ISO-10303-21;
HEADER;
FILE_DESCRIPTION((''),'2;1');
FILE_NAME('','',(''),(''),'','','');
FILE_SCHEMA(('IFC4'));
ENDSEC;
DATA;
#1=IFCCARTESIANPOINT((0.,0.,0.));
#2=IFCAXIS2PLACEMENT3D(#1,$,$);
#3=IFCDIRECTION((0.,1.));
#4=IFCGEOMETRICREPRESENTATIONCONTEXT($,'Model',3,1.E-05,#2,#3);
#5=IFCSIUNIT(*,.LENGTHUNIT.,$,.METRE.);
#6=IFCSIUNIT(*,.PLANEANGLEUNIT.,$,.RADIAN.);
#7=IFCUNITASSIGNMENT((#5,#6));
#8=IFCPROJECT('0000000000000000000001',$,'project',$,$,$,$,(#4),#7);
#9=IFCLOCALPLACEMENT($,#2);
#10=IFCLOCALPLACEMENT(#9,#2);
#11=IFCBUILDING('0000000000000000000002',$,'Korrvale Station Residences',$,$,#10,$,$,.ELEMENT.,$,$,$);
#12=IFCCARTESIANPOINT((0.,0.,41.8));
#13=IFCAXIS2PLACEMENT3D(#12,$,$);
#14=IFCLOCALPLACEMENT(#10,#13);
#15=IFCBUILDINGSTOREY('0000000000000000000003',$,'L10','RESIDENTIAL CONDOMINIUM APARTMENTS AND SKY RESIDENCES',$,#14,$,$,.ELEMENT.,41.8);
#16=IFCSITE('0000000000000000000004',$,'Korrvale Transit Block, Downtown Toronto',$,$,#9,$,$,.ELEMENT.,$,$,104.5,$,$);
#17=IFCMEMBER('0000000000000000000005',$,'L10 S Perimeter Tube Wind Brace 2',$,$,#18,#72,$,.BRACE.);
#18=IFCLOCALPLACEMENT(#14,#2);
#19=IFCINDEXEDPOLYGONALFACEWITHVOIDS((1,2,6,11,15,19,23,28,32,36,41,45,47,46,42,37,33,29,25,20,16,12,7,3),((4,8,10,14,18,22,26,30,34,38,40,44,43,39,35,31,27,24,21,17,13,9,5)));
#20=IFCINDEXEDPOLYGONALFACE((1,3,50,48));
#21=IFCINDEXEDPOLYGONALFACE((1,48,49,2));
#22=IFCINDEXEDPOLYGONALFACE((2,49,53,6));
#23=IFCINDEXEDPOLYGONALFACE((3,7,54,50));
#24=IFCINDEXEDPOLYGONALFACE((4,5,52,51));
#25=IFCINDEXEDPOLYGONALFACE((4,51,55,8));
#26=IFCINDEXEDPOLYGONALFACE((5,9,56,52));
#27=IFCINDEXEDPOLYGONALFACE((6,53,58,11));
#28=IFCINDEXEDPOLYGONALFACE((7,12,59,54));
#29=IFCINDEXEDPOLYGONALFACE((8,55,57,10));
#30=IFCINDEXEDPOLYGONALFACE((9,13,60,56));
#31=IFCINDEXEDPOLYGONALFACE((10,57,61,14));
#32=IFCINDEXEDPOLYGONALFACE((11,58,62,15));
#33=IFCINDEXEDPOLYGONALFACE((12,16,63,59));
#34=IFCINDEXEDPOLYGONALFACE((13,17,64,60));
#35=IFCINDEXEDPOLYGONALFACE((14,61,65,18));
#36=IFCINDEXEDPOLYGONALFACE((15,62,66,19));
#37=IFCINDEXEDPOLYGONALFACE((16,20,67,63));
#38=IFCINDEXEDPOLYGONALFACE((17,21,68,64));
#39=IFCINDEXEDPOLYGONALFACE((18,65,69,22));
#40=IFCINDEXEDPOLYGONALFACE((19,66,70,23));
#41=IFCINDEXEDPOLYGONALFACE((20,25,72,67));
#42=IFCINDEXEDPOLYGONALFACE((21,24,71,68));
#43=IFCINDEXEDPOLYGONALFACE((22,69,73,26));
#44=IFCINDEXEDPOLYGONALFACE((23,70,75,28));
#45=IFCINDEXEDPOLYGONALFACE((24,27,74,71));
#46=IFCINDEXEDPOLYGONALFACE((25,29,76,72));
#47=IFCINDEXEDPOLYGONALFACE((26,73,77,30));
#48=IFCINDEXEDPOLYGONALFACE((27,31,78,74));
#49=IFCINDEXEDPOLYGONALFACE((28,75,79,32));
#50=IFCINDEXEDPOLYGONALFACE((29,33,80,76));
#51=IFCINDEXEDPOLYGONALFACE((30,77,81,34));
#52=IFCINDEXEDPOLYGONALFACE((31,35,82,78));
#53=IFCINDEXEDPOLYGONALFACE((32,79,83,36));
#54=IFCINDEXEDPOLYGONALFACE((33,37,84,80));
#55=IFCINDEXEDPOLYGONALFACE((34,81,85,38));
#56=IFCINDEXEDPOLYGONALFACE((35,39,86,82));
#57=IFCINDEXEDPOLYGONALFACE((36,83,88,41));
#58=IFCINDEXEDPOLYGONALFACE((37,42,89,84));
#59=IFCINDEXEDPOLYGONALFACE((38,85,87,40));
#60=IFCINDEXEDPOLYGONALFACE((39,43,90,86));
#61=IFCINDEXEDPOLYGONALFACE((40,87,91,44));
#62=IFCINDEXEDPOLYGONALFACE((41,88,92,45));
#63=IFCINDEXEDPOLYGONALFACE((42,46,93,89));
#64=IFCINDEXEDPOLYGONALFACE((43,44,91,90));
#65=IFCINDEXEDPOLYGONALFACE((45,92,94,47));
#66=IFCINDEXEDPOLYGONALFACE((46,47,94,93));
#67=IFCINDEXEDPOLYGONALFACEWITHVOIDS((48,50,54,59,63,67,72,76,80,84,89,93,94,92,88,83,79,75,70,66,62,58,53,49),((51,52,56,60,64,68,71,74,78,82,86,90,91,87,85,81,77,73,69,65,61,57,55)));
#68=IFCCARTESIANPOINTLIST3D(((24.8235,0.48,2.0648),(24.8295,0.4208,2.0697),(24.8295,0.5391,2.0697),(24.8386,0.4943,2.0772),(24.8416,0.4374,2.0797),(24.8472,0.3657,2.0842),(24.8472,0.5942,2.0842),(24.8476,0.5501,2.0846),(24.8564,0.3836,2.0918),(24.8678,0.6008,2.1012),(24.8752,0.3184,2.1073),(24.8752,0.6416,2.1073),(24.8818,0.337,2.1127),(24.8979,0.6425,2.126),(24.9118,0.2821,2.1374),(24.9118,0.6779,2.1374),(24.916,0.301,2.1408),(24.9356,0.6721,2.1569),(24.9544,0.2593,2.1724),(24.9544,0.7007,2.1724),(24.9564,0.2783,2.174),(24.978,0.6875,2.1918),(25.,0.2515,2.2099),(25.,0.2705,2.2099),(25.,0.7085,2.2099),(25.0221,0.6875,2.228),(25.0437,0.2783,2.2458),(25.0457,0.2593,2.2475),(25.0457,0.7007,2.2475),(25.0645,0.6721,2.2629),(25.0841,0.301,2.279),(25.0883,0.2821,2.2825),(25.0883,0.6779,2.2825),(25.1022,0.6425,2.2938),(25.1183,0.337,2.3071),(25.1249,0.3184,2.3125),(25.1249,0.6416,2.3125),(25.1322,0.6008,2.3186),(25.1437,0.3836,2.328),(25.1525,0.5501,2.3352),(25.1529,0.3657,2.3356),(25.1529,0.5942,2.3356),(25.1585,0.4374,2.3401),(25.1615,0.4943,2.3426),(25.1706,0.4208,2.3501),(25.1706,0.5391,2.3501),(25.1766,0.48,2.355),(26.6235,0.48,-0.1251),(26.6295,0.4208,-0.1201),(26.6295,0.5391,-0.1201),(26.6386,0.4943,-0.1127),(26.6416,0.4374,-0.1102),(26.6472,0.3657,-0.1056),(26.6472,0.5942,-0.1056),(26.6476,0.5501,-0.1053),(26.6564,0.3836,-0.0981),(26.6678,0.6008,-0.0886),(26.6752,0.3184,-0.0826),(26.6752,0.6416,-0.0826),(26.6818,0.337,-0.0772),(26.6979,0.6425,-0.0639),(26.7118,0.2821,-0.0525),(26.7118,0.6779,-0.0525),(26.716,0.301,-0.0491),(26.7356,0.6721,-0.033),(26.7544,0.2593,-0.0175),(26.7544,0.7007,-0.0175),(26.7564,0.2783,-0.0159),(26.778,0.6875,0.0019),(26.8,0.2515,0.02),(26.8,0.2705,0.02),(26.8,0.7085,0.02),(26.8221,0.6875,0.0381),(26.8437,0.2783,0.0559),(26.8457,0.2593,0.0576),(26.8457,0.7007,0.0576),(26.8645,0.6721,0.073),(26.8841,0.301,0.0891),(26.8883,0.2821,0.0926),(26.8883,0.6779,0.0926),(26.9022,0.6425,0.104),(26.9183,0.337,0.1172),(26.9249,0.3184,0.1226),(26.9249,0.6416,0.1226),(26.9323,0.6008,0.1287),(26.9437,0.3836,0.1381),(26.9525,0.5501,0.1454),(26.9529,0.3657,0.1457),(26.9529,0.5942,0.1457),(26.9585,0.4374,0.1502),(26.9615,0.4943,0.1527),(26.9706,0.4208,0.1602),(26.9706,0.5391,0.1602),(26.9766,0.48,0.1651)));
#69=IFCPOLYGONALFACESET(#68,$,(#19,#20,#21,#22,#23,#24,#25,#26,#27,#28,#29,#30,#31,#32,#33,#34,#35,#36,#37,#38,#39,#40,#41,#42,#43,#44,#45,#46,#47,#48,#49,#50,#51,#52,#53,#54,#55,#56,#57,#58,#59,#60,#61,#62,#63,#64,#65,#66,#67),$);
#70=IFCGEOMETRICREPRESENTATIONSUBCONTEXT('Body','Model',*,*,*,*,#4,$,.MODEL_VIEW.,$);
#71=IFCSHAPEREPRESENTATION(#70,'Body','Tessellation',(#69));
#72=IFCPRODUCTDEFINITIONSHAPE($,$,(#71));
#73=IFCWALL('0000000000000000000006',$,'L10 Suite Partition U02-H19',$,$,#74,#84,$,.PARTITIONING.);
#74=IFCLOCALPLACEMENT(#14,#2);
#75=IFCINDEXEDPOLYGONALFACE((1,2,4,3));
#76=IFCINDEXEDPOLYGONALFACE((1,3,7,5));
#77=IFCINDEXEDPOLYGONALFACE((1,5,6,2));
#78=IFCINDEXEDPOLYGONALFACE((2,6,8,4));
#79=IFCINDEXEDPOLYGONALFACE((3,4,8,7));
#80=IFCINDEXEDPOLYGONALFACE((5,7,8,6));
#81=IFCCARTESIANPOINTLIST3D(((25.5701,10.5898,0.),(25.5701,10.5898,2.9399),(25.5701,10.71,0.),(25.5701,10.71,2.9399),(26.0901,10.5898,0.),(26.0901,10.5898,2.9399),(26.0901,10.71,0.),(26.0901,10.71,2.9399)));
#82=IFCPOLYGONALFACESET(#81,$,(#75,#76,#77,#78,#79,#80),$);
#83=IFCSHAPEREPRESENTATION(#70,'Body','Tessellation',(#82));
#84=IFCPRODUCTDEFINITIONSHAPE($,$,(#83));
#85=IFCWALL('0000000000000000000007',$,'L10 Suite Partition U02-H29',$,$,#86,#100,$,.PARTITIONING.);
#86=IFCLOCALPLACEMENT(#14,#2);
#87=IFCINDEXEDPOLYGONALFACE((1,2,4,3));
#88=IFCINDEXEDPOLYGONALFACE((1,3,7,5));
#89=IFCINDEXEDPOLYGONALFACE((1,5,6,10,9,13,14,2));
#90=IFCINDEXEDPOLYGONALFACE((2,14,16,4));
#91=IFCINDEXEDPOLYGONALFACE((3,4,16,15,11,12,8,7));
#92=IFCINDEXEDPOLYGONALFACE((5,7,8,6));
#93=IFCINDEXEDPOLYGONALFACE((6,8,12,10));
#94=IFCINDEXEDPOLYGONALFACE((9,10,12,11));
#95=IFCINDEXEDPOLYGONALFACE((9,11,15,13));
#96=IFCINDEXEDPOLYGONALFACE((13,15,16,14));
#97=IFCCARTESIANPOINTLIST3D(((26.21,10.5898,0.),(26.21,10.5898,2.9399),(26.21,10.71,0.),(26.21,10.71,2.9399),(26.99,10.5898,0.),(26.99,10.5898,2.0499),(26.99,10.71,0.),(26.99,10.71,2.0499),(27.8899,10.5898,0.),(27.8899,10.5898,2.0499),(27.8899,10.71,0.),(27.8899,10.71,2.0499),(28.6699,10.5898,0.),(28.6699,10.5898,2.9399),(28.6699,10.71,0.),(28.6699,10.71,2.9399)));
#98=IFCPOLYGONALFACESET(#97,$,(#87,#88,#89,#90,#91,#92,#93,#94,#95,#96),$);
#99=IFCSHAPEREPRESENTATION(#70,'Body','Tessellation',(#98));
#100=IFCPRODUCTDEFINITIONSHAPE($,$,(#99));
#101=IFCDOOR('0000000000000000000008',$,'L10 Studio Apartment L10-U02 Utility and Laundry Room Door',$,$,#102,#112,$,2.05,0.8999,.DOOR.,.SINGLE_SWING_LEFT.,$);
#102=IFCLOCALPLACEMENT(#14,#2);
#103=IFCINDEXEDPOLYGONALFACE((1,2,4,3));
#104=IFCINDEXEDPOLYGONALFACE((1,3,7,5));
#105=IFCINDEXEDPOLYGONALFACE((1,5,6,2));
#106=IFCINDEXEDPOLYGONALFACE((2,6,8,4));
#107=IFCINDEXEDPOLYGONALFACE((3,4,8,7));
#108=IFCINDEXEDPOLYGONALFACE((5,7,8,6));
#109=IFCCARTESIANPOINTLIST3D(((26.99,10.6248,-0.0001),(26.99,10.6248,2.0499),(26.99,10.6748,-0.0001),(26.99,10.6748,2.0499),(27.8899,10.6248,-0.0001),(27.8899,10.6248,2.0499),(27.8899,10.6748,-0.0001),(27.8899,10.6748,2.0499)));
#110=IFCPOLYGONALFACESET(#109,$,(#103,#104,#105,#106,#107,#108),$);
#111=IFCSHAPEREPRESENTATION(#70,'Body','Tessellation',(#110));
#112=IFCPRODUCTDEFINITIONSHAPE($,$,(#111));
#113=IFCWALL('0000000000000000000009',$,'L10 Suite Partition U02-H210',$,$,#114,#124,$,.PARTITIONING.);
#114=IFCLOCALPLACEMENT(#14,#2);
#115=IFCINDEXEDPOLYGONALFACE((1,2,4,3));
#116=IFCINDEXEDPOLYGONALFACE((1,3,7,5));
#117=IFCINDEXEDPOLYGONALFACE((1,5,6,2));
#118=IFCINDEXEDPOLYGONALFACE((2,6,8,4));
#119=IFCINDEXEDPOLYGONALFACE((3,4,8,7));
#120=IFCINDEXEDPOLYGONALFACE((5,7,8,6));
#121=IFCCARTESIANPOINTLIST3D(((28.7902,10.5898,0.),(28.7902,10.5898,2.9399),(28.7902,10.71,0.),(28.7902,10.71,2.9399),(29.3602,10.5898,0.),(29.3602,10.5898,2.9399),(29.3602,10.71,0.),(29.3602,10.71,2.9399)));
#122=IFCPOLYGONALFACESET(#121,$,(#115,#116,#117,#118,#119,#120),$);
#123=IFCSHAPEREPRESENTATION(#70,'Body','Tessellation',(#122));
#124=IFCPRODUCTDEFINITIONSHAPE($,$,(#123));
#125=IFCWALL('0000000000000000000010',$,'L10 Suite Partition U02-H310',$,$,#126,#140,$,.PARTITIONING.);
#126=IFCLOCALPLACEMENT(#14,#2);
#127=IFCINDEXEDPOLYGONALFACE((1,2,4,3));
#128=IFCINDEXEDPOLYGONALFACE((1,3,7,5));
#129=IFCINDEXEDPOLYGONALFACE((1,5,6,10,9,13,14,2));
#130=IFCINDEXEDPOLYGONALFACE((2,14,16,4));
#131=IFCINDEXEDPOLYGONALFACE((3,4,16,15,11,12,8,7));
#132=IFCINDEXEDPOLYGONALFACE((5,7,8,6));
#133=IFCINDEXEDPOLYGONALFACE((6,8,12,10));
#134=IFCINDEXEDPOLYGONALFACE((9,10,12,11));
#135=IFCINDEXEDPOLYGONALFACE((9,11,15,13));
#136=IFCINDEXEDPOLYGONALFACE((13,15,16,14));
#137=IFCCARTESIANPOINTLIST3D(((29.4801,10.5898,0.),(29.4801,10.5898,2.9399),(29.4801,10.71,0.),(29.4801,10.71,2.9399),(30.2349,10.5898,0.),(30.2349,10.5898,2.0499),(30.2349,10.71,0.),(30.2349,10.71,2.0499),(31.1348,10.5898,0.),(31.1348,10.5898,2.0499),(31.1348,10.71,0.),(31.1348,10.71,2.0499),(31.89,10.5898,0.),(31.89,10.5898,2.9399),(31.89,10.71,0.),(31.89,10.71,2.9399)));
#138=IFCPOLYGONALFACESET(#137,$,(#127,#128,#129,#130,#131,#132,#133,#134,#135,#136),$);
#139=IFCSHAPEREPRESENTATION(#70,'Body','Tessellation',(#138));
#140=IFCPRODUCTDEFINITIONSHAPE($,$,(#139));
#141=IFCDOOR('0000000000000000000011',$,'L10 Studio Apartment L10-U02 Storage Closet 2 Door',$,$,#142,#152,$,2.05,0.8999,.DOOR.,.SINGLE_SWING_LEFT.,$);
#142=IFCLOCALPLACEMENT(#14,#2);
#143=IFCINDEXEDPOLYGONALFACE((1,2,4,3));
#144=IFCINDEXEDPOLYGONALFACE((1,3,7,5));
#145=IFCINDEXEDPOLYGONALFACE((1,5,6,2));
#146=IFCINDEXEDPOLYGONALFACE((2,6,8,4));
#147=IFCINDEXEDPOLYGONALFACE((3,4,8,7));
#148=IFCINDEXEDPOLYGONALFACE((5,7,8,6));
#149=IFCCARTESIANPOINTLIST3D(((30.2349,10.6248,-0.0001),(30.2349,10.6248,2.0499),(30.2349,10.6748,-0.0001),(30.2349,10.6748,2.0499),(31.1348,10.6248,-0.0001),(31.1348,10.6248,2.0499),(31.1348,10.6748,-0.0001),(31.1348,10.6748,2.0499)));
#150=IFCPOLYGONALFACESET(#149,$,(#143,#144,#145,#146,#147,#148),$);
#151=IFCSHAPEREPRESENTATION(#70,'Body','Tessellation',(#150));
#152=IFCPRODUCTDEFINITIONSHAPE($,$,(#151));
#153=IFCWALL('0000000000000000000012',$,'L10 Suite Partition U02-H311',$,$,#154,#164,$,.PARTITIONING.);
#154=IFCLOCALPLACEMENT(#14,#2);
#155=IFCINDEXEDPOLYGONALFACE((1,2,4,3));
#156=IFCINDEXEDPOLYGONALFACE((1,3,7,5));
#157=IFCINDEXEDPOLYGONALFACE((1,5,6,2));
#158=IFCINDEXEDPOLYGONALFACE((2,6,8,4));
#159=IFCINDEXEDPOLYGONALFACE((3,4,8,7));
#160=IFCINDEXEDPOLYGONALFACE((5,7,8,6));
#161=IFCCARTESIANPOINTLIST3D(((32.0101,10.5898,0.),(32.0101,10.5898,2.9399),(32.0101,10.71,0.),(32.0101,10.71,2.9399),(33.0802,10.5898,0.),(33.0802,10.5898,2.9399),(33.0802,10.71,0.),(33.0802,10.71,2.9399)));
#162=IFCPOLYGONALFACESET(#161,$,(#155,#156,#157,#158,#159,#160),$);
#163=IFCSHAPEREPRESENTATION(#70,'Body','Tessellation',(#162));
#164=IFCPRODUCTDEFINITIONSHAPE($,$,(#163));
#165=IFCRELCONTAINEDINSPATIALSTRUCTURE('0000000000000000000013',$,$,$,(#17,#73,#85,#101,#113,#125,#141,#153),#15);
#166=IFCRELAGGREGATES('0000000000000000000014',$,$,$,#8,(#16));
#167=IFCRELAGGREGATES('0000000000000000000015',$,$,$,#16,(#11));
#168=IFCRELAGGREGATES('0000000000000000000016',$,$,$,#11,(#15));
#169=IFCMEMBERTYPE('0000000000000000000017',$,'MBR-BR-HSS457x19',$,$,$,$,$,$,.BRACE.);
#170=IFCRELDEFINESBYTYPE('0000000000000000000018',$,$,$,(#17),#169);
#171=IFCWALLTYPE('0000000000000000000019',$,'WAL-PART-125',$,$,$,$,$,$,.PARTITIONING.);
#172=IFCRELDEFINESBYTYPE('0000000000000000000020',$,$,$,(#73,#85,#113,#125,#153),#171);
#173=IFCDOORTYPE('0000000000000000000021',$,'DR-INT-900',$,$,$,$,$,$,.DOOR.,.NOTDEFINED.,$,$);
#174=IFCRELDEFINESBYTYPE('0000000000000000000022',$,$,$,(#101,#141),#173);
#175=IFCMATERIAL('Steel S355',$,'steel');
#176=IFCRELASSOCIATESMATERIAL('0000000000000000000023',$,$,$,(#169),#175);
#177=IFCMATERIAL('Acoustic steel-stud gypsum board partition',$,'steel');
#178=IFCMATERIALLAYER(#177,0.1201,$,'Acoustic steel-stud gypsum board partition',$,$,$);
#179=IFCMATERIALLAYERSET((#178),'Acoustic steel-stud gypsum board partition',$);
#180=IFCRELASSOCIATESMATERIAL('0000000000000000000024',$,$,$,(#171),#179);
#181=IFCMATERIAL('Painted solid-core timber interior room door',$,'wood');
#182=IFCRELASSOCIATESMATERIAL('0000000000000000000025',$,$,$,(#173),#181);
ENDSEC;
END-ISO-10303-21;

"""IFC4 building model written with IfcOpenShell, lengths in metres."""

from ifc_helpers import new_model, si_unit, direction, frame, frame_2d, origin, origin_2d, place, context, subcontext, project, spatial, rectangle, hollow_circle, extrude, material, layer, layer_set, material_profile, profile_set, type_object, element, fill, save


model = new_model("IFC4")

# Units and contexts
model_context = context("Model", 3, precision=1e-05, world=origin(), true_north=direction((0.0, 1.0)))
body_context = subcontext(model_context, "Body", "Model", "MODEL_VIEW")
ifc_project = project(units=[si_unit("LENGTHUNIT", "METRE"), si_unit("PLANEANGLEUNIT", "RADIAN")], contexts=[model_context])

# Site, building, storey
site_placement = place(None, origin())
site = spatial("IfcSite", under=ifc_project, at=site_placement, Name="Korrvale Transit Block, Downtown Toronto", CompositionType="ELEMENT", RefElevation=104.5)
building_placement = place(site_placement, origin())
building = spatial("IfcBuilding", under=site, at=building_placement, Name="Korrvale Station Residences", CompositionType="ELEMENT")
storey_placement = place(building_placement, frame((0.0, 0.0, 41.8)))
storey = spatial("IfcBuildingStorey", under=building, at=storey_placement, Name="L10", Description="RESIDENTIAL CONDOMINIUM APARTMENTS AND SKY RESIDENCES", CompositionType="ELEMENT", Elevation=41.8)

# Shared definitions
ifc_material_1 = material(Name="Steel S355", Category="steel")

# Member
ifc_material_profile_1 = material_profile(ifc_material_1, hollow_circle(Radius=0.2285, WallThickness=0.019, at=origin_2d()), Name="HSS457x19")
ifc_profile_set_1 = profile_set([ifc_material_profile_1], Name="Steel S355")
member_type = type_object("IfcMemberType", Name="MBR-BR-HSS457x19", PredefinedType="BRACE", material=ifc_profile_set_1)
for number, where, z_axis, x_axis, name in (
    (1, (26.8, 0.48, 0.02), (-0.634985, 0.0, 0.772524), (0.0, -1.0, 0.0), "L10 S Perimeter Tube Wind Brace 2"),
):
    element("IfcMember", number, at=place(storey_placement, frame(where, z_axis=z_axis, x_axis=x_axis)), inside=storey, type_object=member_type, Name=name, PredefinedType="BRACE", context=body_context, shape_type="SweptSolid", body=[
        extrude(hollow_circle(Radius=0.2285, WallThickness=0.019, at=origin_2d()), origin(), (0.0, 0.0, 1.0), 2.8347),
    ])

# Wall
ifc_material_2 = material(Name="Acoustic steel-stud gypsum board partition", Category="steel")
ifc_layer_1 = layer(ifc_material_2, 0.1201, Name="Acoustic steel-stud gypsum board partition")
ifc_layer_set_1 = layer_set([ifc_layer_1], Name="Acoustic steel-stud gypsum board partition")
wall_type = type_object("IfcWallType", Name="WAL-PART-125", PredefinedType="PARTITIONING", material=ifc_layer_set_1)
wall_1_placement = place(storey_placement, frame((25.5701, 10.6499, 0.0), z_axis=(0.0, 0.0, 1.0), x_axis=(1.0, 0.0, 0.0)))
element("IfcWall", 2, at=wall_1_placement, inside=storey, type_object=wall_type, Name="L10 Suite Partition U02-H19", PredefinedType="PARTITIONING", context=body_context, shape_type="SweptSolid", body=[
    extrude(rectangle(XDim=0.52, YDim=0.1201, at=frame_2d((0.26, 0.0))), origin(), (0.0, 0.0, 1.0), 2.9399),
])

# Wall, opening, door
wall_2_placement = place(storey_placement, frame((26.21, 10.6499, 0.0), z_axis=(0.0, 0.0, 1.0), x_axis=(1.0, 0.0, 0.0)))
wall_2 = element("IfcWall", 3, at=wall_2_placement, inside=storey, type_object=wall_type, Name="L10 Suite Partition U02-H29", PredefinedType="PARTITIONING", context=body_context, shape_type="SweptSolid", body=[
    extrude(rectangle(XDim=2.46, YDim=0.1201, at=frame_2d((1.23, 0.0))), origin(), (0.0, 0.0, 1.0), 2.9399),
])
opening_1_placement = place(wall_2_placement, frame((0.78, 0.0, 0.0)))
opening_1 = element("IfcOpeningElement", 4, at=opening_1_placement, cuts=wall_2, PredefinedType="OPENING", context=body_context, shape_type="SweptSolid", body=[
    extrude(rectangle(XDim=0.8999, YDim=2.05, at=frame_2d((0.45, 1.0249))), frame((0.0, 0.0701, 0.0), z_axis=(0.0, -1.0, 0.0), x_axis=(1.0, 0.0, 0.0)), (0.0, 0.0, 1.0), 0.1401),
])
ifc_material_3 = material(Name="Painted solid-core timber interior room door", Category="wood")
door_type = type_object("IfcDoorType", Name="DR-INT-900", OperationType="NOTDEFINED", PredefinedType="DOOR", material=ifc_material_3)
door_1_placement = place(opening_1_placement, origin())
door_1 = element("IfcDoor", 5, at=door_1_placement, inside=storey, type_object=door_type, Name="L10 Studio Apartment L10-U02 Utility and Laundry Room Door", OperationType="SINGLE_SWING_LEFT", OverallHeight=2.05, OverallWidth=0.8999, PredefinedType="DOOR", context=body_context, shape_type="SweptSolid", body=[
    extrude(rectangle(XDim=0.8999, YDim=2.05, at=frame_2d((0.45, 1.0249))), frame((0.0, 0.0249, 0.0), z_axis=(0.0, -1.0, 0.0), x_axis=(1.0, 0.0, 0.0)), (0.0, 0.0, 1.0), 0.05),
])
fill(opening_1, door_1)

# Wall
wall_3_placement = place(storey_placement, frame((28.79, 10.6499, 0.0), z_axis=(0.0, 0.0, 1.0), x_axis=(1.0, 0.0, 0.0)))
element("IfcWall", 6, at=wall_3_placement, inside=storey, type_object=wall_type, Name="L10 Suite Partition U02-H210", PredefinedType="PARTITIONING", context=body_context, shape_type="SweptSolid", body=[
    extrude(rectangle(XDim=0.5701, YDim=0.1201, at=frame_2d((0.2852, 0.0))), origin(), (0.0, 0.0, 1.0), 2.9399),
])

# Wall, opening, door
wall_4_placement = place(storey_placement, frame((29.48, 10.6499, 0.0), z_axis=(0.0, 0.0, 1.0), x_axis=(1.0, 0.0, 0.0)))
wall_4 = element("IfcWall", 7, at=wall_4_placement, inside=storey, type_object=wall_type, Name="L10 Suite Partition U02-H310", PredefinedType="PARTITIONING", context=body_context, shape_type="SweptSolid", body=[
    extrude(rectangle(XDim=2.4099, YDim=0.1201, at=frame_2d((1.2051, 0.0))), origin(), (0.0, 0.0, 1.0), 2.9399),
])
opening_2_placement = place(wall_4_placement, frame((0.7549, 0.0, 0.0)))
opening_2 = element("IfcOpeningElement", 8, at=opening_2_placement, cuts=wall_4, PredefinedType="OPENING", context=body_context, shape_type="SweptSolid", body=[
    extrude(rectangle(XDim=0.8999, YDim=2.05, at=frame_2d((0.45, 1.0249))), frame((0.0, 0.0701, 0.0), z_axis=(0.0, -1.0, 0.0), x_axis=(1.0, 0.0, 0.0)), (0.0, 0.0, 1.0), 0.1401),
])
door_2_placement = place(opening_2_placement, origin())
door_2 = element("IfcDoor", 9, at=door_2_placement, inside=storey, type_object=door_type, Name="L10 Studio Apartment L10-U02 Storage Closet 2 Door", OperationType="SINGLE_SWING_LEFT", OverallHeight=2.05, OverallWidth=0.8999, PredefinedType="DOOR", context=body_context, shape_type="SweptSolid", body=[
    extrude(rectangle(XDim=0.8999, YDim=2.05, at=frame_2d((0.45, 1.0249))), frame((0.0, 0.0249, 0.0), z_axis=(0.0, -1.0, 0.0), x_axis=(1.0, 0.0, 0.0)), (0.0, 0.0, 1.0), 0.05),
])
fill(opening_2, door_2)

# Wall
wall_5_placement = place(storey_placement, frame((32.01, 10.6499, 0.0), z_axis=(0.0, 0.0, 1.0), x_axis=(1.0, 0.0, 0.0)))
element("IfcWall", 10, at=wall_5_placement, inside=storey, type_object=wall_type, Name="L10 Suite Partition U02-H311", PredefinedType="PARTITIONING", context=body_context, shape_type="SweptSolid", body=[
    extrude(rectangle(XDim=1.0701, YDim=0.1201, at=frame_2d((0.5352, 0.0))), origin(), (0.0, 0.0, 1.0), 2.9399),
])

save(model, "model.ifc")
